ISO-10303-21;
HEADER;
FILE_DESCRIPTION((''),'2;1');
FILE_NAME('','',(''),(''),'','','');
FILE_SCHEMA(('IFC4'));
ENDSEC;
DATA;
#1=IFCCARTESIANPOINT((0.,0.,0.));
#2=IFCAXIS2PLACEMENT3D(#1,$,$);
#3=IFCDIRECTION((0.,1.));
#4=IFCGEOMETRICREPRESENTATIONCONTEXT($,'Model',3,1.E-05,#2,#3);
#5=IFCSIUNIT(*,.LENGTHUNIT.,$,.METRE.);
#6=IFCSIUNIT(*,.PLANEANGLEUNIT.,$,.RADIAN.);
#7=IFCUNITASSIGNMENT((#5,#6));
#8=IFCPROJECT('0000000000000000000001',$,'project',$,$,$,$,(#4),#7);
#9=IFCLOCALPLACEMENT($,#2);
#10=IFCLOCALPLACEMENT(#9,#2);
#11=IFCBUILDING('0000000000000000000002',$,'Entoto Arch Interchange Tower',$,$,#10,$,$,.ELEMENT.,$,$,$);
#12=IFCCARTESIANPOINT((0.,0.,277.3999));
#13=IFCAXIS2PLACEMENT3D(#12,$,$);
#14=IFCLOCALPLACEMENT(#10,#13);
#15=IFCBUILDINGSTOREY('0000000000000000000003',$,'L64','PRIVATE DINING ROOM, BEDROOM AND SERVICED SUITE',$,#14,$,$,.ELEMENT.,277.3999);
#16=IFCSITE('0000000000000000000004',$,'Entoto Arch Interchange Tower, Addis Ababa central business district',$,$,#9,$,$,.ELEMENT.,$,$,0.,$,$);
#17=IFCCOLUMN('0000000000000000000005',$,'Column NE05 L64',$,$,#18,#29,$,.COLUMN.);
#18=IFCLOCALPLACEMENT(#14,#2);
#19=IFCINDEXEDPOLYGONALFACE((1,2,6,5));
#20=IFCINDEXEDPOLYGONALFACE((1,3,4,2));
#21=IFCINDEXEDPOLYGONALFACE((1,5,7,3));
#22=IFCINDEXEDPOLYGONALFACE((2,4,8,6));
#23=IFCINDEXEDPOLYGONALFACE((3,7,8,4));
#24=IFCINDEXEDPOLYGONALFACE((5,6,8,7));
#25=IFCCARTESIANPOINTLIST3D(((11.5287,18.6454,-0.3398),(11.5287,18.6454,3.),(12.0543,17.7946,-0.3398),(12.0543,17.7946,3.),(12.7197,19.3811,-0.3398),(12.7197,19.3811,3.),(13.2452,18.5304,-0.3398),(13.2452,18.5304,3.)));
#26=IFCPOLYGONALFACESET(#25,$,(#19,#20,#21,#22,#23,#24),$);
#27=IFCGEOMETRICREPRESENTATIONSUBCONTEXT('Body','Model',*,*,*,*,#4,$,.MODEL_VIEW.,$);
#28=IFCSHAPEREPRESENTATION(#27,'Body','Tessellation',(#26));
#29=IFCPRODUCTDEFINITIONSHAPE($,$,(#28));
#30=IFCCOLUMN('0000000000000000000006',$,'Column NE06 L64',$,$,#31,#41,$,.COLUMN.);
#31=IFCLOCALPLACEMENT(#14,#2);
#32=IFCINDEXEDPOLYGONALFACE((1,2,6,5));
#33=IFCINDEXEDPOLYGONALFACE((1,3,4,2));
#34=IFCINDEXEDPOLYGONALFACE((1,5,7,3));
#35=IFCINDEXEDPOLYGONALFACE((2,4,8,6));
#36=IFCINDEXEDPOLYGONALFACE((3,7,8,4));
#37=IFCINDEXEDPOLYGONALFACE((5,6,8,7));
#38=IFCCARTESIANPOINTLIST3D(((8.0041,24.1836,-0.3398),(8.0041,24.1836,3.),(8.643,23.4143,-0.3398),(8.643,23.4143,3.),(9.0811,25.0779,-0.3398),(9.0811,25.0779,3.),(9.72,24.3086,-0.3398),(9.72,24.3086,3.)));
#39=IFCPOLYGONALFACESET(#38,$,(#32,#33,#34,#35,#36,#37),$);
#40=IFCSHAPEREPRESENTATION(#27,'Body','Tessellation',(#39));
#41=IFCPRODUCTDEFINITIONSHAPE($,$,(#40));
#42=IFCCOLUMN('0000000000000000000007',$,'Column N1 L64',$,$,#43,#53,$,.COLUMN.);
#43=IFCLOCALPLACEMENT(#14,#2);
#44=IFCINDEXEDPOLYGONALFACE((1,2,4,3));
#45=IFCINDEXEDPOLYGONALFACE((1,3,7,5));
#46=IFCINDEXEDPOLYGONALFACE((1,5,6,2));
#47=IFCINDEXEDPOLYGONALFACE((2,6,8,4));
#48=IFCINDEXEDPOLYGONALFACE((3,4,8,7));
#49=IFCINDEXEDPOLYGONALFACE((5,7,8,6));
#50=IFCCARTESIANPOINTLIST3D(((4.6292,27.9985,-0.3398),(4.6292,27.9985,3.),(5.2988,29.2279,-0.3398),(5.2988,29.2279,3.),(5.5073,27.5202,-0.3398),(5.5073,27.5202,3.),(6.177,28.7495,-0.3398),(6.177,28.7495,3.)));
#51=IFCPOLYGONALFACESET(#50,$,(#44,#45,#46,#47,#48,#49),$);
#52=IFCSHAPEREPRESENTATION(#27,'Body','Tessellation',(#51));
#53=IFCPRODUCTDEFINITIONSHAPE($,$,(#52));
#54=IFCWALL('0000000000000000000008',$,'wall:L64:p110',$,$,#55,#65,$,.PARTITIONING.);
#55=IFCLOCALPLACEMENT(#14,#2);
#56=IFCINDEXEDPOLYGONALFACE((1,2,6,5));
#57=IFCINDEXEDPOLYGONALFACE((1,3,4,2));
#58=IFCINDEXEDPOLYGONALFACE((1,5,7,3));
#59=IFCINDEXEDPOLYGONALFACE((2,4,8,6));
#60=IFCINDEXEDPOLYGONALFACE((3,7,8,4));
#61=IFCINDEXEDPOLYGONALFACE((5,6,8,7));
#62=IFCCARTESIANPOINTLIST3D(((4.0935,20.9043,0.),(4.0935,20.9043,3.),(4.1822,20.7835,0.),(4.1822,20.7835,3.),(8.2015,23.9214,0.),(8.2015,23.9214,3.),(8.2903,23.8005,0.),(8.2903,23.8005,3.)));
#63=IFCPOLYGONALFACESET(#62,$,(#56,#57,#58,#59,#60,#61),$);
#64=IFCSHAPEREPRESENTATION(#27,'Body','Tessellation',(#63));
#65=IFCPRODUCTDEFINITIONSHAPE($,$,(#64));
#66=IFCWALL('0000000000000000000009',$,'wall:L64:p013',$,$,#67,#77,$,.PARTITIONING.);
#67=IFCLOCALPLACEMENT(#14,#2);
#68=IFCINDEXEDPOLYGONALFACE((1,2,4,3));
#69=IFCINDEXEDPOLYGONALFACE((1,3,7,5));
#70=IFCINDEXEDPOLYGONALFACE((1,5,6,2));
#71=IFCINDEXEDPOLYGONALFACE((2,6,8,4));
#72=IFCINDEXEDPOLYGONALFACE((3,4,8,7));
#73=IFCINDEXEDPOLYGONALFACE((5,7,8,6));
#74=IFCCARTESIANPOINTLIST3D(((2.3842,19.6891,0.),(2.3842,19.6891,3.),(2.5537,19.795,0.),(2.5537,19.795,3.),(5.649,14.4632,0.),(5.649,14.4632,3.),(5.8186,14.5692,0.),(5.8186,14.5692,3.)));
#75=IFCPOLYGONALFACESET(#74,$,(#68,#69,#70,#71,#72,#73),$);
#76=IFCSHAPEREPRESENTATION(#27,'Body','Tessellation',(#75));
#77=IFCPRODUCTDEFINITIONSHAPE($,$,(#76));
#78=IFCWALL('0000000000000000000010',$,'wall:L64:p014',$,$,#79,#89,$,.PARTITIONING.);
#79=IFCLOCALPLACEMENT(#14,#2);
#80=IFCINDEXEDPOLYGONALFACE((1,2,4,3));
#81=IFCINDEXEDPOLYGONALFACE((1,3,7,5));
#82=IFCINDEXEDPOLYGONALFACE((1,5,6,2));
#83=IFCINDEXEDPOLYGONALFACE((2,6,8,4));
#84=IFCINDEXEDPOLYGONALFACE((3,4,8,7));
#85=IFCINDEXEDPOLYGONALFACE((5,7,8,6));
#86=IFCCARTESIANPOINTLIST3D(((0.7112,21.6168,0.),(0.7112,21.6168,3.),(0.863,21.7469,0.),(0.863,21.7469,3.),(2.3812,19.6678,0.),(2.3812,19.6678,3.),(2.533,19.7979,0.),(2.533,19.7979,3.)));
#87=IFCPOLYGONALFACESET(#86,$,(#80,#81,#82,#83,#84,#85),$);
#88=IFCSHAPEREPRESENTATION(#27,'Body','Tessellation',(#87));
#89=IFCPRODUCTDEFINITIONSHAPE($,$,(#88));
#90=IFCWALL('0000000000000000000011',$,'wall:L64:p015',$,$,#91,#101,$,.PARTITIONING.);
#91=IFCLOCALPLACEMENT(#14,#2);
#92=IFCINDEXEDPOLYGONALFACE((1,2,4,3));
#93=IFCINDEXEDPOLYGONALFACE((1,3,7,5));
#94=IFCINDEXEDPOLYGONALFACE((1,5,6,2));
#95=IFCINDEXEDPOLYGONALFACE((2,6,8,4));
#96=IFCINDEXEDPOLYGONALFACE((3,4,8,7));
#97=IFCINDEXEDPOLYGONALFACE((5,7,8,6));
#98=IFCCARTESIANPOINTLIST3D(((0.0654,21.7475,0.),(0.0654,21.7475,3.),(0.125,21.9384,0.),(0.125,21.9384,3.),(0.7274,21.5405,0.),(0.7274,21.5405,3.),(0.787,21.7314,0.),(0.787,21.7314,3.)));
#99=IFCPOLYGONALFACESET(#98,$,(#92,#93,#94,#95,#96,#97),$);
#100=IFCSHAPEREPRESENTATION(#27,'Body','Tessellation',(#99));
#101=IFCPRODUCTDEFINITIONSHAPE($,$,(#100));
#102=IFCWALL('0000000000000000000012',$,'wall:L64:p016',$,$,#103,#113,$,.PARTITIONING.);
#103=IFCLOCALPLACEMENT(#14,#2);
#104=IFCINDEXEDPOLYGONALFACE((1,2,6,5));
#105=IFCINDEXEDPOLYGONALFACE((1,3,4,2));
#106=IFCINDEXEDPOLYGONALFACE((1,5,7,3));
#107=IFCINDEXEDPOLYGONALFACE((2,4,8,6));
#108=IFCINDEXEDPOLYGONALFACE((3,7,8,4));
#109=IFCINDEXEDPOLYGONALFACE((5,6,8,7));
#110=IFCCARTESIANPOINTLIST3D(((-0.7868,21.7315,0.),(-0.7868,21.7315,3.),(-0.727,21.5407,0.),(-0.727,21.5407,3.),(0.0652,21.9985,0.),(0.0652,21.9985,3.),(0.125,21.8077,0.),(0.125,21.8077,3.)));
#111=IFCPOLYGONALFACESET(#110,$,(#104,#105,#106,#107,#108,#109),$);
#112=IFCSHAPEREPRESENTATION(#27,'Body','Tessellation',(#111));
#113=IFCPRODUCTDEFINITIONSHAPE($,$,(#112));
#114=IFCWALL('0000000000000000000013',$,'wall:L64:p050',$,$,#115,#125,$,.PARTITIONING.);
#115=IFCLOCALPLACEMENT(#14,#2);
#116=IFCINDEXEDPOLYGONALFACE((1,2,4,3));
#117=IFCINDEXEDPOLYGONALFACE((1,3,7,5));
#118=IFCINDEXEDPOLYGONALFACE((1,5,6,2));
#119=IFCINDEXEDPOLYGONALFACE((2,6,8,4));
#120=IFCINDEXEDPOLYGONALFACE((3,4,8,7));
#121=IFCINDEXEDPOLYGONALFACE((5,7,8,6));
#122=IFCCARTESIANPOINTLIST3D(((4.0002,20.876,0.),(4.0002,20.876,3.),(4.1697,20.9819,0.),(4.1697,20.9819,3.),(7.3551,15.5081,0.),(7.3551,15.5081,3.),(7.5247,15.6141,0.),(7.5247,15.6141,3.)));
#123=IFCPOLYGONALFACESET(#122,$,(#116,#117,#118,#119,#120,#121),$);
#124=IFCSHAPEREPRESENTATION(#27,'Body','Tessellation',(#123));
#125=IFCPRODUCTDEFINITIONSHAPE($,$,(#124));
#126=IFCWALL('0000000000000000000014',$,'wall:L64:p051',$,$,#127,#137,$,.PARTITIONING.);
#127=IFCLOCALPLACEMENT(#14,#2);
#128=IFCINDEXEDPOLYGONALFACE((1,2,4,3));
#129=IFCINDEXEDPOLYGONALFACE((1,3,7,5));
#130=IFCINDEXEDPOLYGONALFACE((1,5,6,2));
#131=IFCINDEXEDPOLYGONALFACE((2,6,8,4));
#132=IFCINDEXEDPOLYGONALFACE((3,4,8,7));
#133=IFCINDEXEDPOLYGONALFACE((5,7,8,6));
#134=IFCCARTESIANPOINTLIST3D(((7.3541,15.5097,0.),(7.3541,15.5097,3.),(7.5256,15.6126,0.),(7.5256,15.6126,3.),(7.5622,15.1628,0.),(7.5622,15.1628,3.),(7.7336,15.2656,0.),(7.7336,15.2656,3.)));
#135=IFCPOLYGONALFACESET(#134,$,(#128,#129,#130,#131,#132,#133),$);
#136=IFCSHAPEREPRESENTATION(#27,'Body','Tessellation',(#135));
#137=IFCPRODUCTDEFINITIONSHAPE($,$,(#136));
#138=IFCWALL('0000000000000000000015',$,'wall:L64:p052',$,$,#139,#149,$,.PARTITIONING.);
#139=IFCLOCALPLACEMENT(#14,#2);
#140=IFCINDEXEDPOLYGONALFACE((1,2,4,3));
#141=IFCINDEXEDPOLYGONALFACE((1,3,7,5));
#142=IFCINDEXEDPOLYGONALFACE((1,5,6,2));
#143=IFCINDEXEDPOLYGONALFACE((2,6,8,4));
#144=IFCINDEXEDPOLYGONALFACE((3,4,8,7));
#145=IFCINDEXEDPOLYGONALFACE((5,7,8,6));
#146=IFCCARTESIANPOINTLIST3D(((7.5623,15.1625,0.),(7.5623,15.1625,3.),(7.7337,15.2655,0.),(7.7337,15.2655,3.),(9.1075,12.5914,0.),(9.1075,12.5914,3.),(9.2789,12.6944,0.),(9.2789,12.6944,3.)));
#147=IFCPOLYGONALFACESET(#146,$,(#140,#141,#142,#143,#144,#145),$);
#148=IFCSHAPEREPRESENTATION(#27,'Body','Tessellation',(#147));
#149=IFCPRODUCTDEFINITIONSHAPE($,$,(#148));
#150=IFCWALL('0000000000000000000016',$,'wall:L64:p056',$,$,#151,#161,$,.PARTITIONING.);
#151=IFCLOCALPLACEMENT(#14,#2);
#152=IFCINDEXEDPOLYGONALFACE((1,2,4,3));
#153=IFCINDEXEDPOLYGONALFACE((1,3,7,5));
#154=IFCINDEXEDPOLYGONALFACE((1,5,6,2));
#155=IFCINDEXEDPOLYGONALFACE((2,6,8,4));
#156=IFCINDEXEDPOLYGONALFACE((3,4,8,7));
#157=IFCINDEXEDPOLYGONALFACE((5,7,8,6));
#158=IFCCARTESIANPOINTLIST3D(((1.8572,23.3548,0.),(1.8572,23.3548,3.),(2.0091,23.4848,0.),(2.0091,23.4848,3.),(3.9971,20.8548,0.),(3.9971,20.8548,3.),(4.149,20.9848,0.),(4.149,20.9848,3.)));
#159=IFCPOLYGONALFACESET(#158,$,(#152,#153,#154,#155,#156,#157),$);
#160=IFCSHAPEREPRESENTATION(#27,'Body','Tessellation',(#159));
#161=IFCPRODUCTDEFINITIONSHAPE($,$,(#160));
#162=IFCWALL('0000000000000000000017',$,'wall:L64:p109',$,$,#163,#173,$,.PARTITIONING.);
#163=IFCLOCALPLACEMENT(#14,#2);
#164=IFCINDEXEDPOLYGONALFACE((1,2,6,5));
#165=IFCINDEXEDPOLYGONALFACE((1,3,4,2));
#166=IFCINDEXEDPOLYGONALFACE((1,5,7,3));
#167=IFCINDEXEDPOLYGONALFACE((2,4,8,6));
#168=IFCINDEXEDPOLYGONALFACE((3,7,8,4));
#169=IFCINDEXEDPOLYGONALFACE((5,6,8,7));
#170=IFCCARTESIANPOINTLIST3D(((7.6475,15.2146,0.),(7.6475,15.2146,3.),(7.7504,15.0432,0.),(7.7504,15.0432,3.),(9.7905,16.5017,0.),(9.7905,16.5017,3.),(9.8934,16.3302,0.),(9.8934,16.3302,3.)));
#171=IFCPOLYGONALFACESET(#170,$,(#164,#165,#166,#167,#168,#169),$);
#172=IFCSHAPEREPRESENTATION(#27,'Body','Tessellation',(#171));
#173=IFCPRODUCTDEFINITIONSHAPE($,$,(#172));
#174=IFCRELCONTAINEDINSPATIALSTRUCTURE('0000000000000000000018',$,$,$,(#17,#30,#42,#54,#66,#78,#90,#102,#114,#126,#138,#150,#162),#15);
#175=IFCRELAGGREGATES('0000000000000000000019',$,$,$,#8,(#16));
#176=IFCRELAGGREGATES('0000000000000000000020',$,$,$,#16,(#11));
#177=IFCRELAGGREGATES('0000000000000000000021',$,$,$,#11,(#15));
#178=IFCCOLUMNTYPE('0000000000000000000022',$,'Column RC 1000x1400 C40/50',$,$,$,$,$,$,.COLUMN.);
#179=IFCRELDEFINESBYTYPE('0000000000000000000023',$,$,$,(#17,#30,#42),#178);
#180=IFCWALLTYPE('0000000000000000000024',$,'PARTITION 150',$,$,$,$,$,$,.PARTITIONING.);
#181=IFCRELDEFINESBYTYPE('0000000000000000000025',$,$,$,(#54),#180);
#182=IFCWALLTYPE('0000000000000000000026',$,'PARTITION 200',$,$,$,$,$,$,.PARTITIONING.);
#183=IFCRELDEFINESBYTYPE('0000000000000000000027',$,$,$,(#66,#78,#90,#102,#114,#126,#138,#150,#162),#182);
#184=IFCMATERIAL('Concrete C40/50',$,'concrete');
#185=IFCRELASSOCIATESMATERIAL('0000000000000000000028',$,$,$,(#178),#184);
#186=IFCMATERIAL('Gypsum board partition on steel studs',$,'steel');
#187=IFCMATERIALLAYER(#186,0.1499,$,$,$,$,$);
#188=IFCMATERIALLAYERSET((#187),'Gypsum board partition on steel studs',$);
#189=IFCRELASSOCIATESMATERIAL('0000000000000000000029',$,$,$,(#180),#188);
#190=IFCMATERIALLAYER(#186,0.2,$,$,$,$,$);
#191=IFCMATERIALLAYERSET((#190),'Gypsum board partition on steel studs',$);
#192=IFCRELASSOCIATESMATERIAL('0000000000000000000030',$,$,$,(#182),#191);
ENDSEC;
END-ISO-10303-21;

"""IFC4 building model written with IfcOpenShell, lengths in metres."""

from ifc_helpers import new_model, si_unit, direction, frame, frame_2d, origin, origin_2d, place, context, subcontext, project, spatial, rectangle, extrude, material, layer, layer_set, material_profile, profile_set, type_object, element, save


model = new_model("IFC4")

# Units and contexts
model_context = context("Model", 3, precision=1e-05, world=origin(), true_north=direction((0.0, 1.0)))
body_context = subcontext(model_context, "Body", "Model", "MODEL_VIEW")
ifc_project = project(units=[si_unit("LENGTHUNIT", "METRE"), si_unit("PLANEANGLEUNIT", "RADIAN")], contexts=[model_context])

# Site, building, storey
site_placement = place(None, origin())
site = spatial("IfcSite", under=ifc_project, at=site_placement, Name="Entoto Arch Interchange Tower, Addis Ababa central business district", CompositionType="ELEMENT", RefElevation=0.0)
building_placement = place(site_placement, origin())
building = spatial("IfcBuilding", under=site, at=building_placement, Name="Entoto Arch Interchange Tower", CompositionType="ELEMENT")
storey_placement = place(building_placement, frame((0.0, 0.0, 277.3999)))
storey = spatial("IfcBuildingStorey", under=building, at=storey_placement, Name="L64", Description="PRIVATE DINING ROOM, BEDROOM AND SERVICED SUITE", CompositionType="ELEMENT", Elevation=277.3999)

# Columns
ifc_material_1 = material(Name="Concrete C40/50", Category="concrete")
ifc_material_profile = material_profile(ifc_material_1, rectangle(XDim=1.0, YDim=1.3999, at=origin_2d()))
ifc_profile_set = profile_set([ifc_material_profile], Name="Concrete C40/50")
column_type = type_object("IfcColumnType", Name="Column RC 1000x1400 C40/50", PredefinedType="COLUMN", material=ifc_profile_set)
for number, where, z_axis, x_axis, name in (
    (1, (12.387, 18.5879, -0.3398), (0.0, 0.0, 1.0), (-0.525576, 0.850747, 0.0), "Column NE05 L64"),
    (2, (8.8621, 24.2461, -0.3398), (0.0, 0.0, 1.0), (-0.638835, 0.769344, 0.0), "Column NE06 L64"),
    (3, (5.4031, 28.374, -0.3398), (0.0, 0.0, 1.0), (-0.878175, 0.478339, 0.0), "Column N1 L64"),
):
    element("IfcColumn", number, at=place(storey_placement, frame(where, z_axis=z_axis, x_axis=x_axis)), inside=storey, type_object=column_type, Name=name, PredefinedType="COLUMN", context=body_context, shape_type="SweptSolid", body=[
        extrude(rectangle(XDim=1.0, YDim=1.3999, at=origin_2d()), origin(), (0.0, 0.0, 1.0), 3.3398),
    ])

# Walls
ifc_material_2 = material(Name="Gypsum board partition on steel studs", Category="steel")
ifc_layer_1 = layer(ifc_material_2, 0.1499)
ifc_layer_set_1 = layer_set([ifc_layer_1], Name="Gypsum board partition on steel studs")
wall_type_1 = type_object("IfcWallType", Name="PARTITION 150", PredefinedType="PARTITIONING", material=ifc_layer_set_1)
wall_1_placement = place(storey_placement, frame((4.1379, 20.844, 0.0), z_axis=(0.0, 0.0, 1.0), x_axis=(0.805989, 0.59193, 0.0)))
element("IfcWall", 4, at=wall_1_placement, inside=storey, type_object=wall_type_1, Name="wall:L64:p110", PredefinedType="PARTITIONING", context=body_context, shape_type="SweptSolid", body=[
    extrude(rectangle(XDim=5.0969, YDim=0.1499, at=frame_2d((2.5483, 0.0))), origin(), (0.0, 0.0, 1.0), 3.0),
])
ifc_layer_2 = layer(ifc_material_2, 0.2)
ifc_layer_set_2 = layer_set([ifc_layer_2], Name="Gypsum board partition on steel studs")
wall_type_2 = type_object("IfcWallType", Name="PARTITION 200", PredefinedType="PARTITIONING", material=ifc_layer_set_2)
wall_2_placement = place(storey_placement, frame((5.7339, 14.5161, 0.0), z_axis=(0.0, 0.0, 1.0), x_axis=(-0.529853, 0.84809, 0.0)))
element("IfcWall", 5, at=wall_2_placement, inside=storey, type_object=wall_type_2, Name="wall:L64:p013", PredefinedType="PARTITIONING", context=body_context, shape_type="SweptSolid", body=[
    extrude(rectangle(XDim=6.1619, YDim=0.2, at=frame_2d((3.0811, 0.0))), origin(), (0.0, 0.0, 1.0), 3.0),
])
wall_3_placement = place(storey_placement, frame((2.457, 19.7329, 0.0), z_axis=(0.0, 0.0, 1.0), x_axis=(-0.65065, 0.759377, 0.0)))
element("IfcWall", 6, at=wall_3_placement, inside=storey, type_object=wall_type_2, Name="wall:L64:p014", PredefinedType="PARTITIONING", context=body_context, shape_type="SweptSolid", body=[
    extrude(rectangle(XDim=2.5667, YDim=0.2, at=frame_2d((1.2832, 0.0))), origin(), (0.0, 0.0, 1.0), 3.0),
])
wall_4_placement = place(storey_placement, frame((0.7571, 21.636, 0.0), z_axis=(0.0, 0.0, 1.0), x_axis=(-0.95443, 0.298435, 0.0)))
element("IfcWall", 7, at=wall_4_placement, inside=storey, type_object=wall_type_2, Name="wall:L64:p015", PredefinedType="PARTITIONING", context=body_context, shape_type="SweptSolid", body=[
    extrude(rectangle(XDim=0.6936, YDim=0.2, at=frame_2d((0.3467, 0.0))), origin(), (0.0, 0.0, 1.0), 3.0),
])
wall_5_placement = place(storey_placement, frame((0.095, 21.9031, 0.0), z_axis=(0.0, 0.0, 1.0), x_axis=(-0.954217, -0.299116, 0.0)))
element("IfcWall", 8, at=wall_5_placement, inside=storey, type_object=wall_type_2, Name="wall:L64:p016", PredefinedType="PARTITIONING", context=body_context, shape_type="SweptSolid", body=[
    extrude(rectangle(XDim=0.8928, YDim=0.2, at=frame_2d((0.4463, 0.0))), origin(), (0.0, 0.0, 1.0), 3.0),
])
wall_6_placement = place(storey_placement, frame((4.085, 20.929, 0.0), z_axis=(0.0, 0.0, 1.0), x_axis=(0.530002, -0.847996, 0.0)))
element("IfcWall", 9, at=wall_6_placement, inside=storey, type_object=wall_type_2, Name="wall:L64:p050", PredefinedType="PARTITIONING", context=body_context, shape_type="SweptSolid", body=[
    extrude(rectangle(XDim=6.3301, YDim=0.2, at=frame_2d((3.165, 0.0))), origin(), (0.0, 0.0, 1.0), 3.0),
])
wall_7_placement = place(storey_placement, frame((7.4399, 15.561, 0.0), z_axis=(0.0, 0.0, 1.0), x_axis=(0.514229, -0.857653, 0.0)))
element("IfcWall", 10, at=wall_7_placement, inside=storey, type_object=wall_type_2, Name="wall:L64:p051", PredefinedType="PARTITIONING", context=body_context, shape_type="SweptSolid", body=[
    extrude(rectangle(XDim=0.4045, YDim=0.2, at=frame_2d((0.2021, 0.0))), origin(), (0.0, 0.0, 1.0), 3.0),
])
wall_8_placement = place(storey_placement, frame((7.6479, 15.2141, 0.0), z_axis=(0.0, 0.0, 1.0), x_axis=(0.515118, -0.857119, 0.0)))
element("IfcWall", 11, at=wall_8_placement, inside=storey, type_object=wall_type_2, Name="wall:L64:p052", PredefinedType="PARTITIONING", context=body_context, shape_type="SweptSolid", body=[
    extrude(rectangle(XDim=2.9998, YDim=0.2, at=frame_2d((1.5, 0.0))), origin(), (0.0, 0.0, 1.0), 3.0),
])
wall_9_placement = place(storey_placement, frame((1.9331, 23.4199, 0.0), z_axis=(0.0, 0.0, 1.0), x_axis=(0.650272, -0.759702, 0.0)))
element("IfcWall", 12, at=wall_9_placement, inside=storey, type_object=wall_type_2, Name="wall:L64:p056", PredefinedType="PARTITIONING", context=body_context, shape_type="SweptSolid", body=[
    extrude(rectangle(XDim=3.2908, YDim=0.2, at=frame_2d((1.6455, 0.0))), origin(), (0.0, 0.0, 1.0), 3.0),
])
wall_10_placement = place(storey_placement, frame((9.842, 16.416, 0.0), z_axis=(0.0, 0.0, 1.0), x_axis=(-0.857269, -0.514869, 0.0)))
element("IfcWall", 13, at=wall_10_placement, inside=storey, type_object=wall_type_2, Name="wall:L64:p109", PredefinedType="PARTITIONING", context=body_context, shape_type="SweptSolid", body=[
    extrude(rectangle(XDim=2.4998, YDim=0.2, at=frame_2d((1.25, 0.0))), origin(), (0.0, 0.0, 1.0), 3.0),
])

save(model, "model.ifc")
